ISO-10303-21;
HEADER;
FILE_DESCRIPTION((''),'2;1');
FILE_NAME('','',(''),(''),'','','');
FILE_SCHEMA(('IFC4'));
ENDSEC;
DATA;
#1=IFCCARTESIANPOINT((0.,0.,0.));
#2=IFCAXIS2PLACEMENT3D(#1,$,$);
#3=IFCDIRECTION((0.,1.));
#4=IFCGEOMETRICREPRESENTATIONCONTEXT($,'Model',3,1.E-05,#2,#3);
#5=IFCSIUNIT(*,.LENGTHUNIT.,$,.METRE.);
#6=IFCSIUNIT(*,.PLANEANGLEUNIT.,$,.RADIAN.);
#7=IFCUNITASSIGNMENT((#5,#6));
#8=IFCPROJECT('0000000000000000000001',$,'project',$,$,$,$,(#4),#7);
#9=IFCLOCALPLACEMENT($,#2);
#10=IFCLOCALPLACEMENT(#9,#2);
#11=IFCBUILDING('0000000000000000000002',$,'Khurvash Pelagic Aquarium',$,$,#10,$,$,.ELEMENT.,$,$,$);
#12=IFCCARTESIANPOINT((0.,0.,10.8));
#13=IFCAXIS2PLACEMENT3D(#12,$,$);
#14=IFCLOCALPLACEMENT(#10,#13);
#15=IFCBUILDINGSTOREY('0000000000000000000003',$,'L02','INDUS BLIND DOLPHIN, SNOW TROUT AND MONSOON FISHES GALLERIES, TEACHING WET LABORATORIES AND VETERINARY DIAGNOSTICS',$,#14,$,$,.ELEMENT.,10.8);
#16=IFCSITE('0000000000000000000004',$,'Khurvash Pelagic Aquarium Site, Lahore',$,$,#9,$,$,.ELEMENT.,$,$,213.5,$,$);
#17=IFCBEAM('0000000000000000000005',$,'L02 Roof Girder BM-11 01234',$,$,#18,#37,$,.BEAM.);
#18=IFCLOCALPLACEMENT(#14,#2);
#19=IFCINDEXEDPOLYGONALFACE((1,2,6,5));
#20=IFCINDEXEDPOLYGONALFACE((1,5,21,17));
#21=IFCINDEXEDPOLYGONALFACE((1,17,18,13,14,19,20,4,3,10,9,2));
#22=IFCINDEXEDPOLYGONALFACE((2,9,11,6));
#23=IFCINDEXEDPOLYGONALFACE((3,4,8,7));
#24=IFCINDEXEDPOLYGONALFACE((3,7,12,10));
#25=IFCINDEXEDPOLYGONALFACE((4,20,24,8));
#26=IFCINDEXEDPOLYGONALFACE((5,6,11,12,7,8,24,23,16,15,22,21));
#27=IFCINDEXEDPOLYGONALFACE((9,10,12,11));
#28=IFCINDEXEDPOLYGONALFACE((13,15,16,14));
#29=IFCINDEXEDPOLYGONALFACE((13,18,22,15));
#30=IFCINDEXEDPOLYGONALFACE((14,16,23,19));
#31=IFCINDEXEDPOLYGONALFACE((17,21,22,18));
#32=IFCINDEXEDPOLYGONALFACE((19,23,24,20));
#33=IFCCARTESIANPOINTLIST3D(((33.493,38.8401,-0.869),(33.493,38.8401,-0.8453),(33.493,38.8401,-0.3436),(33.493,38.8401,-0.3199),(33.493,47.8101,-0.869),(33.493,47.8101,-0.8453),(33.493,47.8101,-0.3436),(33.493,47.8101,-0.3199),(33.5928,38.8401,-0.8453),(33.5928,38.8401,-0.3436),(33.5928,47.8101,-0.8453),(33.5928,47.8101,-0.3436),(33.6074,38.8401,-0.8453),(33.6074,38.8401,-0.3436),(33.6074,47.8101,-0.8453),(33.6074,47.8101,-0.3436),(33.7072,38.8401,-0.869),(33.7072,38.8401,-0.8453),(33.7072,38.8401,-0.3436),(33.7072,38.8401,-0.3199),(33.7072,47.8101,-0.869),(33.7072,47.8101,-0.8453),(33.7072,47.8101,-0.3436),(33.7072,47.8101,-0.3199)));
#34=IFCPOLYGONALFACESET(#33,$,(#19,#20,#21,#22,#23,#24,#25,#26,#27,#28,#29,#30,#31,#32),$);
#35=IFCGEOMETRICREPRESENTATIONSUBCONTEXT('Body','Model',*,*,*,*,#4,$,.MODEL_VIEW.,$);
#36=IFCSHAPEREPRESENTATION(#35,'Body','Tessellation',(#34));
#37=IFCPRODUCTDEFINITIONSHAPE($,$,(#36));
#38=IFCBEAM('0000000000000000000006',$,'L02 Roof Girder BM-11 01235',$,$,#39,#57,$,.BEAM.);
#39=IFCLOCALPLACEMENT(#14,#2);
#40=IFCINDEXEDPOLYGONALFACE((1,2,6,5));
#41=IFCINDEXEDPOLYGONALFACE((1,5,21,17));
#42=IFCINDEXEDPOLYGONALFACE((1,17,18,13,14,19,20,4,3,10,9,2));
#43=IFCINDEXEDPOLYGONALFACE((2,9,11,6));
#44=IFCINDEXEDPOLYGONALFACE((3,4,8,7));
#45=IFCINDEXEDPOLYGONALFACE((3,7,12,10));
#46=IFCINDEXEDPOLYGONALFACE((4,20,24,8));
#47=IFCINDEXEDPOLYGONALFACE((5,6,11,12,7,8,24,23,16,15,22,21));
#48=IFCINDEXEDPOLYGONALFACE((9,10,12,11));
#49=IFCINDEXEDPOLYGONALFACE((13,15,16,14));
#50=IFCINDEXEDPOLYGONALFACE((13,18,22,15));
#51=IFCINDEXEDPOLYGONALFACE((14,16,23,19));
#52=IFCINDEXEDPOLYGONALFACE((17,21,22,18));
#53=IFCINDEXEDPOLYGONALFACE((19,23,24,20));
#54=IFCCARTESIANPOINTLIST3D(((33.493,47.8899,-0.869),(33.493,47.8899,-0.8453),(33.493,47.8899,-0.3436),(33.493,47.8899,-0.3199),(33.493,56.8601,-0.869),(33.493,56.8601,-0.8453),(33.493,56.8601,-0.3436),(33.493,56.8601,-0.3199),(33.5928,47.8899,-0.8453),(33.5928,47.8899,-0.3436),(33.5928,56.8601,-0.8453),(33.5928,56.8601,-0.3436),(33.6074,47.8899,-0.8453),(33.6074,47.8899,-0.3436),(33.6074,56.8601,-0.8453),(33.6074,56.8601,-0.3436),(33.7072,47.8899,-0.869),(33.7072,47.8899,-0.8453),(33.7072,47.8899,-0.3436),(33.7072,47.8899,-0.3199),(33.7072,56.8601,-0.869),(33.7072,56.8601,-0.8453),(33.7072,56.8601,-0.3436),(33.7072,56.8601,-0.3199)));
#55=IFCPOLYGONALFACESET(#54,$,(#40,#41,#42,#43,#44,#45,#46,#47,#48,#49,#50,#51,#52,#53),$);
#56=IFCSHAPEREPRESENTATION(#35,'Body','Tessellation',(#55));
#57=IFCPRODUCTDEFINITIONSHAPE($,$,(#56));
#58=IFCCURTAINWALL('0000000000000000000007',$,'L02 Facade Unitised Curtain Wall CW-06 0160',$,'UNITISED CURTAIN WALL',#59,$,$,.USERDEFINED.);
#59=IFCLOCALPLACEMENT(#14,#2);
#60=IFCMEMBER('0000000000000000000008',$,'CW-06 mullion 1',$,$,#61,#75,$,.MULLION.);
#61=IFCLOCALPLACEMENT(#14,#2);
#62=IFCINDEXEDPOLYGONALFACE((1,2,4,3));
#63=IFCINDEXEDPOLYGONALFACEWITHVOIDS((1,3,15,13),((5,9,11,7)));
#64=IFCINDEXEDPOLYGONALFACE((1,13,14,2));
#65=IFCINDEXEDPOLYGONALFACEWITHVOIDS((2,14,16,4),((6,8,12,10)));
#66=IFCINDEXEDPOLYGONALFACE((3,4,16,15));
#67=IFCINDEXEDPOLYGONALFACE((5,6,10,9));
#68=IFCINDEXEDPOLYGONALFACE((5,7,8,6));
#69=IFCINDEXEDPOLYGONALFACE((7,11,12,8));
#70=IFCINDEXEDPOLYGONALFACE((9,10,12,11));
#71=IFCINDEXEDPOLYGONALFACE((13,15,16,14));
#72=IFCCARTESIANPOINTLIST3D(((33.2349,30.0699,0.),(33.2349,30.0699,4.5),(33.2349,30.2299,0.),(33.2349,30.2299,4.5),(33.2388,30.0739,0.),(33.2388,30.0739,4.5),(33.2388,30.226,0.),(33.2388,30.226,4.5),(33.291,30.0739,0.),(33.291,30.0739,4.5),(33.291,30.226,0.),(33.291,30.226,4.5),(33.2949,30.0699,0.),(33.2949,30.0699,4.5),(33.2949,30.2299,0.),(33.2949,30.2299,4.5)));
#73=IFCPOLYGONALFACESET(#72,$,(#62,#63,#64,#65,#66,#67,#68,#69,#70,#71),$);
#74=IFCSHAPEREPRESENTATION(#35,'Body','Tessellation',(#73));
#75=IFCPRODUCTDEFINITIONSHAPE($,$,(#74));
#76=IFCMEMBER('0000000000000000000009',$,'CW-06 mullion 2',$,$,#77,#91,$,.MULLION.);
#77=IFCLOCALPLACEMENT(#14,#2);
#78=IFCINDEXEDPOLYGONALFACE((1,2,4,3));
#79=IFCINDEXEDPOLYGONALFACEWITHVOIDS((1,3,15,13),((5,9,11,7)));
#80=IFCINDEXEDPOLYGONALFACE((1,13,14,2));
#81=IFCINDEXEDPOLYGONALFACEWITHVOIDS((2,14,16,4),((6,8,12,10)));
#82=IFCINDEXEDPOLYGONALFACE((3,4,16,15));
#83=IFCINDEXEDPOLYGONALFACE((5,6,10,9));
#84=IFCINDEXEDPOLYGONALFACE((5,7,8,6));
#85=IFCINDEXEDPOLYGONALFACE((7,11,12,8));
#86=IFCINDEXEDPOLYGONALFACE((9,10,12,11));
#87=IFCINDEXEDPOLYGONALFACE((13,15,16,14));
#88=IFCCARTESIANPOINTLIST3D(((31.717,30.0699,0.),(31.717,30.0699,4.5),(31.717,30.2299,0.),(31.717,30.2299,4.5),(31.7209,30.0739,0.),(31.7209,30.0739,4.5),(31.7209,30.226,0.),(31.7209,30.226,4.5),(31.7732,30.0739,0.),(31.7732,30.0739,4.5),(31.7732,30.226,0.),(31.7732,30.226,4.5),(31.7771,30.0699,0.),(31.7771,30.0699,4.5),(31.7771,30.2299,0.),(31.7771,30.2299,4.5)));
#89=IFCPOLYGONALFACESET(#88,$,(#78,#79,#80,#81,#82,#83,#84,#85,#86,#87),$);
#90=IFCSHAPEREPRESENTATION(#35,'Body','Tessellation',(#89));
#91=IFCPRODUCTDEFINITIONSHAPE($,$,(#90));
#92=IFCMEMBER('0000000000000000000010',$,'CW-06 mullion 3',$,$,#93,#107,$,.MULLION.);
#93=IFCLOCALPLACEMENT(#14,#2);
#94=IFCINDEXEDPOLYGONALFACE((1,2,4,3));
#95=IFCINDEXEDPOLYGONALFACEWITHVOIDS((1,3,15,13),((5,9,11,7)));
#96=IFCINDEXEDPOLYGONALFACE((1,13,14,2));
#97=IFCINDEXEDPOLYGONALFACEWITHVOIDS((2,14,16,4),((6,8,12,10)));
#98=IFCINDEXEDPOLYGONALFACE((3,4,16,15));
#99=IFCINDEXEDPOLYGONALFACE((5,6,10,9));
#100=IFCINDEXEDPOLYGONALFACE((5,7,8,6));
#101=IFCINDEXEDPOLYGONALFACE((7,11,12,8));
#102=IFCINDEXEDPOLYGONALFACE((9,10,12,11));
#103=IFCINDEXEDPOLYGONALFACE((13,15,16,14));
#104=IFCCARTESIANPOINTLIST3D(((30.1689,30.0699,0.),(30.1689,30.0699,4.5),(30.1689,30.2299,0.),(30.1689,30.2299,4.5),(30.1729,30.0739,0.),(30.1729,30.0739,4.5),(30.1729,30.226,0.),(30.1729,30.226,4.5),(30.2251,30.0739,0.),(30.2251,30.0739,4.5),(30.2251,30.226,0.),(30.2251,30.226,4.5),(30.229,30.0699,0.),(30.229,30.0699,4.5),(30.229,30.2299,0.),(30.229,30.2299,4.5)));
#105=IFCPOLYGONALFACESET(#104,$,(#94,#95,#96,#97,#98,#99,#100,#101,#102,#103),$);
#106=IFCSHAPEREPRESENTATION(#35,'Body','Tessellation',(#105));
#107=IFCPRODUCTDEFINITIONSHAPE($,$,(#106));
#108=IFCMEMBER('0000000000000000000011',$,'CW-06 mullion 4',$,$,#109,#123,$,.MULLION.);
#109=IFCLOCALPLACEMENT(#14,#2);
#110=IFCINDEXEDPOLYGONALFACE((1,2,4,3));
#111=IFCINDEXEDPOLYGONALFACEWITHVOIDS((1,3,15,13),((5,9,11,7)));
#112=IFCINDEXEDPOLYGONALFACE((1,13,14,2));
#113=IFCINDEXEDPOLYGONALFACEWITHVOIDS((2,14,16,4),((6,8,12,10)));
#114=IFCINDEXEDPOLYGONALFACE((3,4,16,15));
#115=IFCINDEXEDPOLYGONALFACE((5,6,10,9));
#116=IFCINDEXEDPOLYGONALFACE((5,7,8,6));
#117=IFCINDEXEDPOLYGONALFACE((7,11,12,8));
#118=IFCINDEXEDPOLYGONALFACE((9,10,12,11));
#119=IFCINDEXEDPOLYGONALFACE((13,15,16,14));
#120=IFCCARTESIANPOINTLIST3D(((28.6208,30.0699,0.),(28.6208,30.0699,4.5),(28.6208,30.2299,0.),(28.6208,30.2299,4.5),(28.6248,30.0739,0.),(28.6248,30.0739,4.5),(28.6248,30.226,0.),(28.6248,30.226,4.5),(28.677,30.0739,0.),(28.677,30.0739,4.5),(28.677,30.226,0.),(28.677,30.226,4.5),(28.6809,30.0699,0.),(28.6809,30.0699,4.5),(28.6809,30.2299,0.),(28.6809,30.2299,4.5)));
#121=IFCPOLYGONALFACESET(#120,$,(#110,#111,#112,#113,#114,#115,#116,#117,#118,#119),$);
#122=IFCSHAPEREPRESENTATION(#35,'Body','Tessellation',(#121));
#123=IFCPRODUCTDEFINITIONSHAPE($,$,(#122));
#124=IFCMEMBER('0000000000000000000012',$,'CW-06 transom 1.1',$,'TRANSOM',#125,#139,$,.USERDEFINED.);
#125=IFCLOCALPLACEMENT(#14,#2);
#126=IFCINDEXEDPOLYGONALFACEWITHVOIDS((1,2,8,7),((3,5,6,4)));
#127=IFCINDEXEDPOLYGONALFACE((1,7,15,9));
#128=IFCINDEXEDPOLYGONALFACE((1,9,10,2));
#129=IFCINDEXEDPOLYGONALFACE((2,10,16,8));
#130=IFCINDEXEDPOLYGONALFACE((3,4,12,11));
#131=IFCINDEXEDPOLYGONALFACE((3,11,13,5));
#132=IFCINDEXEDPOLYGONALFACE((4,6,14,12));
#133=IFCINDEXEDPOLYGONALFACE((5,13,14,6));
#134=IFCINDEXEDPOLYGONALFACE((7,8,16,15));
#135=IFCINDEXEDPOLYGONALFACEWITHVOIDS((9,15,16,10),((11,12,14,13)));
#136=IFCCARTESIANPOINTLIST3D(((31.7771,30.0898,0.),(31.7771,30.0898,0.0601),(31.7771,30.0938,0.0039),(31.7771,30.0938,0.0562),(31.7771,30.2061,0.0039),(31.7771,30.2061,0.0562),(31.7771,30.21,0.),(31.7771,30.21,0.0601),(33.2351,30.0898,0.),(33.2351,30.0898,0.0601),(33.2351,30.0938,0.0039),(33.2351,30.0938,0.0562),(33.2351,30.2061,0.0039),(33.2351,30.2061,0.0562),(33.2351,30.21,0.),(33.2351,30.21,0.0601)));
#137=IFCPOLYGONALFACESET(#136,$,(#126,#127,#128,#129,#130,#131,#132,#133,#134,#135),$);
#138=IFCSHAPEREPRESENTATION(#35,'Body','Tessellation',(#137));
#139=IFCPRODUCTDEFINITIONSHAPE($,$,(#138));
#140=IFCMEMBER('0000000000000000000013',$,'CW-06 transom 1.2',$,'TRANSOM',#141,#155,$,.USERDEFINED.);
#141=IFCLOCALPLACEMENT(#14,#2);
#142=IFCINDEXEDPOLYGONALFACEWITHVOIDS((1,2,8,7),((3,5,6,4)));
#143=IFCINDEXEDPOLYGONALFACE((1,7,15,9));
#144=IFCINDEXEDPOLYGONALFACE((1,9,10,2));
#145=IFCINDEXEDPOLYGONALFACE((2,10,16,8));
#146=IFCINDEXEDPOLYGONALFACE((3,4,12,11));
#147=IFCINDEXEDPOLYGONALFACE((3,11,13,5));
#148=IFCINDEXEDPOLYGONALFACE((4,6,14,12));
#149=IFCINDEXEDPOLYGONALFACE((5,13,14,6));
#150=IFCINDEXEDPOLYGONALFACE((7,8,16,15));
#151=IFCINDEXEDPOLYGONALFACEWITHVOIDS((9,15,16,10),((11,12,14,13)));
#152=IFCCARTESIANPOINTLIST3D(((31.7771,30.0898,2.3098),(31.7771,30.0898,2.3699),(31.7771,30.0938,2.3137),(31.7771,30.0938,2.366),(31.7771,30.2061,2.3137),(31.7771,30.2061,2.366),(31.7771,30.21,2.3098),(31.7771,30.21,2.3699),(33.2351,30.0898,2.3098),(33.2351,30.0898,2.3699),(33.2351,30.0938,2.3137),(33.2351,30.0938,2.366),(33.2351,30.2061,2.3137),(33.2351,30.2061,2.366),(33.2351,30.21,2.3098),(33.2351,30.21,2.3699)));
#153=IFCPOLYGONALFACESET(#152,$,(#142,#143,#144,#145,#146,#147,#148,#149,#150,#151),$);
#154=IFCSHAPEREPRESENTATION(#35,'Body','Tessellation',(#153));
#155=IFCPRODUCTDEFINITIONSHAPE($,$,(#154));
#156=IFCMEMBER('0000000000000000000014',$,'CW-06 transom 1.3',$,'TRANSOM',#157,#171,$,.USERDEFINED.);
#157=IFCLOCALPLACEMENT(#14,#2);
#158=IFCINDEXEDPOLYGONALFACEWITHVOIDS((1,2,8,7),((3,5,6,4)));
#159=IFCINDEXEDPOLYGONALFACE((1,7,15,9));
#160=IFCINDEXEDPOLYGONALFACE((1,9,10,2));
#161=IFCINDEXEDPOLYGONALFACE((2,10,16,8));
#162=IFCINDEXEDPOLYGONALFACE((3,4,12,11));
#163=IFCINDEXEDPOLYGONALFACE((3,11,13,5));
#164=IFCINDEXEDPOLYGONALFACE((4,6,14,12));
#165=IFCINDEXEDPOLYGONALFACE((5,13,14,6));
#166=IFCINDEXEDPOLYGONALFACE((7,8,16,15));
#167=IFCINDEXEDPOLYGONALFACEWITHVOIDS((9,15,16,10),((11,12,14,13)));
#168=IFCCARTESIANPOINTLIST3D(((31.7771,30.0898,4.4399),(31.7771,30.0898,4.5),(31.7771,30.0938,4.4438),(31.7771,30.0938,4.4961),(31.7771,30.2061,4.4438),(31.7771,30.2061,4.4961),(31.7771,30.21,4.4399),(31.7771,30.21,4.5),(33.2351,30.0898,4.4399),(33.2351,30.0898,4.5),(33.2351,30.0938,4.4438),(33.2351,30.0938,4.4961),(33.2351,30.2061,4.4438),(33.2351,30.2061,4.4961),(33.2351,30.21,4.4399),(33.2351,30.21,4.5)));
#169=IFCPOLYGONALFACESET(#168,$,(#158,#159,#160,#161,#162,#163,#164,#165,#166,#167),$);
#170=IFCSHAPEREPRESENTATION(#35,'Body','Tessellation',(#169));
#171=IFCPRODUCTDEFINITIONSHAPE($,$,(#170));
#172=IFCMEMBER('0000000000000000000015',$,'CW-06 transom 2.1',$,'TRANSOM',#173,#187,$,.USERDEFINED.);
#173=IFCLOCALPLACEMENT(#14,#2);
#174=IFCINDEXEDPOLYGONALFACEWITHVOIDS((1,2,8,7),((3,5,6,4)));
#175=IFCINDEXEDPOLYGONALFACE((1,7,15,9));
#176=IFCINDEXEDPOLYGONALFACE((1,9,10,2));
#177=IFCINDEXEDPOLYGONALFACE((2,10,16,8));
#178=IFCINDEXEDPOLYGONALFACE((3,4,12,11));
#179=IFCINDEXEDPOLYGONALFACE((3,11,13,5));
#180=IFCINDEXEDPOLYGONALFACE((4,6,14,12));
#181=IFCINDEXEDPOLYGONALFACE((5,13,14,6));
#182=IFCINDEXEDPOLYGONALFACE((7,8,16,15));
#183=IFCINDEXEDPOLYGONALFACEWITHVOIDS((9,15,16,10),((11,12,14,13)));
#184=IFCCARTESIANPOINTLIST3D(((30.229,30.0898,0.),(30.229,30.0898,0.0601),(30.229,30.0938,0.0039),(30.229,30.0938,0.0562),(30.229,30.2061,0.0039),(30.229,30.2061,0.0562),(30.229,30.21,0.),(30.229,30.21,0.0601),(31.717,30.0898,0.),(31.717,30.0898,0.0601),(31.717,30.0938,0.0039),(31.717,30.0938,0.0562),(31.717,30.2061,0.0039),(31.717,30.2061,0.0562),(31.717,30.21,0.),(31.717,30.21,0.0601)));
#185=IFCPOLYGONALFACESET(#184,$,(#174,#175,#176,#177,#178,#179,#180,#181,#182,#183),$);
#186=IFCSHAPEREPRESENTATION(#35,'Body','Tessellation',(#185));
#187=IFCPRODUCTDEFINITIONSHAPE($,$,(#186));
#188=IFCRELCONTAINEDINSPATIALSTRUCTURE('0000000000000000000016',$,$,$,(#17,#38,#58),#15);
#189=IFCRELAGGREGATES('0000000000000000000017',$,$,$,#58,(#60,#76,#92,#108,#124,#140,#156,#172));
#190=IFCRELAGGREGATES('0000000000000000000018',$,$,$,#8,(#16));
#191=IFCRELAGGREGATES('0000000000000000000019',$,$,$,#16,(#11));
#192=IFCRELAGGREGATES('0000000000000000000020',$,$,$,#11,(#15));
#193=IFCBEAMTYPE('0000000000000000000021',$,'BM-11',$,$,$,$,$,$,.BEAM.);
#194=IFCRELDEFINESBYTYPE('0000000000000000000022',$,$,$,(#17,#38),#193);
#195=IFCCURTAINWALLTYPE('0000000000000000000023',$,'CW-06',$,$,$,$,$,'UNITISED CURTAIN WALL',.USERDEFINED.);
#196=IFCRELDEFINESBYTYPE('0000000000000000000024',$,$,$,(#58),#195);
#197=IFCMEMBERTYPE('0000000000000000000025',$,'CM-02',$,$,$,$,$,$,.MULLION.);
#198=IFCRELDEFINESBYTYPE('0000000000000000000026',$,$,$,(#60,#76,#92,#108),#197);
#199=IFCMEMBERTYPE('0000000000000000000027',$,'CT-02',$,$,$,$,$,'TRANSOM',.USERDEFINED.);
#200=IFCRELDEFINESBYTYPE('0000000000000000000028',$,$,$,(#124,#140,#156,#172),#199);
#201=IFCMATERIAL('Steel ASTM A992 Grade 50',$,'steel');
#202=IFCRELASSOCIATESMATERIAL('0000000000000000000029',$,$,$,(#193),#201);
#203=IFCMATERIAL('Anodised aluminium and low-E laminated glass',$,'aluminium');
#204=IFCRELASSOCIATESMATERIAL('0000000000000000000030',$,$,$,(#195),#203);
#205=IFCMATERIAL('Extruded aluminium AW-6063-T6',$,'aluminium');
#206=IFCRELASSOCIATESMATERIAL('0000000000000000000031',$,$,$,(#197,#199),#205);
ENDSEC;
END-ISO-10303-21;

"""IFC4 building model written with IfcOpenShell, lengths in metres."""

from ifc_helpers import new_model, si_unit, direction, frame, origin, origin_2d, place, context, subcontext, project, spatial, hollow_rectangle, i_section, extrude, material, material_profile, profile_set, type_object, element, aggregate, save


model = new_model("IFC4")

# Units and contexts
model_context = context("Model", 3, precision=1e-05, world=origin(), true_north=direction((0.0, 1.0)))
body_context = subcontext(model_context, "Body", "Model", "MODEL_VIEW")
ifc_project = project(units=[si_unit("LENGTHUNIT", "METRE"), si_unit("PLANEANGLEUNIT", "RADIAN")], contexts=[model_context])

# Site, building, storey
site_placement = place(None, origin())
site = spatial("IfcSite", under=ifc_project, at=site_placement, Name="Khurvash Pelagic Aquarium Site, Lahore", CompositionType="ELEMENT", RefElevation=213.5)
building_placement = place(site_placement, origin())
building = spatial("IfcBuilding", under=site, at=building_placement, Name="Khurvash Pelagic Aquarium", CompositionType="ELEMENT")
storey_placement = place(building_placement, frame((0.0, 0.0, 10.8)))
storey = spatial("IfcBuildingStorey", under=building, at=storey_placement, Name="L02", Description="INDUS BLIND DOLPHIN, SNOW TROUT AND MONSOON FISHES GALLERIES, TEACHING WET LABORATORIES AND VETERINARY DIAGNOSTICS", CompositionType="ELEMENT", Elevation=10.8)

# Beams
ifc_material_1 = material(Name="Steel ASTM A992 Grade 50", Category="steel")
ifc_material_profile_1 = material_profile(ifc_material_1, i_section(OverallWidth=0.2141, OverallDepth=0.5491, WebThickness=0.0146, FlangeThickness=0.0237, at=origin_2d()), Name="W21X93")
ifc_profile_set_1 = profile_set([ifc_material_profile_1], Name="Steel ASTM A992 Grade 50")
beam_type = type_object("IfcBeamType", Name="BM-11", PredefinedType="BEAM", material=ifc_profile_set_1)
beam_1_placement = place(storey_placement, frame((33.6001, 38.8401, -0.5945), z_axis=(0.0, 1.0, 0.0), x_axis=(-1.0, 0.0, 0.0)))
element("IfcBeam", 1, at=beam_1_placement, inside=storey, type_object=beam_type, Name="L02 Roof Girder BM-11 01234", PredefinedType="BEAM", context=body_context, shape_type="SweptSolid", body=[
    extrude(i_section(OverallWidth=0.2141, OverallDepth=0.5491, WebThickness=0.0146, FlangeThickness=0.0237, at=origin_2d()), origin(), (0.0, 0.0, 1.0), 8.97),
])
beam_2_placement = place(storey_placement, frame((33.6001, 47.8899, -0.5945), z_axis=(0.0, 1.0, 0.0), x_axis=(-1.0, 0.0, 0.0)))
element("IfcBeam", 2, at=beam_2_placement, inside=storey, type_object=beam_type, Name="L02 Roof Girder BM-11 01235", PredefinedType="BEAM", context=body_context, shape_type="SweptSolid", body=[
    extrude(i_section(OverallWidth=0.2141, OverallDepth=0.5491, WebThickness=0.0146, FlangeThickness=0.0237, at=origin_2d()), origin(), (0.0, 0.0, 1.0), 8.9702),
])

# Curtain wall, members
ifc_material_2 = material(Name="Anodised aluminium and low-E laminated glass", Category="aluminium")
curtain_wall_type = type_object("IfcCurtainWallType", Name="CW-06", ElementType="UNITISED CURTAIN WALL", PredefinedType="USERDEFINED", material=ifc_material_2)
curtain_wall_placement = place(storey_placement, origin())
curtain_wall = element("IfcCurtainWall", 3, at=curtain_wall_placement, inside=storey, type_object=curtain_wall_type, Name="L02 Facade Unitised Curtain Wall CW-06 0160", ObjectType="UNITISED CURTAIN WALL", PredefinedType="USERDEFINED")
ifc_material_3 = material(Name="Extruded aluminium AW-6063-T6", Category="aluminium")
ifc_material_profile_2 = material_profile(ifc_material_3, hollow_rectangle(XDim=0.0601, YDim=0.1599, WallThickness=0.0039, at=origin_2d()), Name="CWM60X160X4")
ifc_profile_set_2 = profile_set([ifc_material_profile_2], Name="Extruded aluminium AW-6063-T6")
member_type_1 = type_object("IfcMemberType", Name="CM-02", PredefinedType="MULLION", material=ifc_profile_set_2)
member_1_placement = place(storey_placement, frame((33.2649, 30.1499, 0.0), z_axis=(0.0, 0.0, 1.0), x_axis=(-1.0, 0.0, 0.0)))
member_1 = element("IfcMember", 4, at=member_1_placement, type_object=member_type_1, Name="CW-06 mullion 1", PredefinedType="MULLION", context=body_context, shape_type="SweptSolid", body=[
    extrude(hollow_rectangle(XDim=0.0601, YDim=0.1599, WallThickness=0.0039, at=origin_2d()), origin(), (0.0, 0.0, 1.0), 4.5),
])
member_2_placement = place(storey_placement, frame((31.7471, 30.1499, 0.0), z_axis=(0.0, 0.0, 1.0), x_axis=(-1.0, 0.0, 0.0)))
member_2 = element("IfcMember", 5, at=member_2_placement, type_object=member_type_1, Name="CW-06 mullion 2", PredefinedType="MULLION", context=body_context, shape_type="SweptSolid", body=[
    extrude(hollow_rectangle(XDim=0.0601, YDim=0.1599, WallThickness=0.0039, at=origin_2d()), origin(), (0.0, 0.0, 1.0), 4.5),
])
member_3_placement = place(storey_placement, frame((30.199, 30.1499, 0.0), z_axis=(0.0, 0.0, 1.0), x_axis=(-1.0, 0.0, 0.0)))
member_3 = element("IfcMember", 6, at=member_3_placement, type_object=member_type_1, Name="CW-06 mullion 3", PredefinedType="MULLION", context=body_context, shape_type="SweptSolid", body=[
    extrude(hollow_rectangle(XDim=0.0601, YDim=0.1599, WallThickness=0.0039, at=origin_2d()), origin(), (0.0, 0.0, 1.0), 4.5),
])
member_4_placement = place(storey_placement, frame((28.6509, 30.1499, 0.0), z_axis=(0.0, 0.0, 1.0), x_axis=(-1.0, 0.0, 0.0)))
member_4 = element("IfcMember", 7, at=member_4_placement, type_object=member_type_1, Name="CW-06 mullion 4", PredefinedType="MULLION", context=body_context, shape_type="SweptSolid", body=[
    extrude(hollow_rectangle(XDim=0.0601, YDim=0.1599, WallThickness=0.0039, at=origin_2d()), origin(), (0.0, 0.0, 1.0), 4.5),
])
ifc_material_profile_3 = material_profile(ifc_material_3, hollow_rectangle(XDim=0.1201, YDim=0.0601, WallThickness=0.0039, at=origin_2d()), Name="CWT120X60X4")
ifc_profile_set_3 = profile_set([ifc_material_profile_3], Name="Extruded aluminium AW-6063-T6")
member_type_2 = type_object("IfcMemberType", Name="CT-02", ElementType="TRANSOM", PredefinedType="USERDEFINED", material=ifc_profile_set_3)
member_5_placement = place(storey_placement, frame((33.2351, 30.1499, 0.03), z_axis=(-1.0, 0.0, 0.0), x_axis=(0.0, -1.0, 0.0)))
member_5 = element("IfcMember", 8, at=member_5_placement, type_object=member_type_2, Name="CW-06 transom 1.1", ObjectType="TRANSOM", PredefinedType="USERDEFINED", context=body_context, shape_type="SweptSolid", body=[
    extrude(hollow_rectangle(XDim=0.1201, YDim=0.0601, WallThickness=0.0039, at=origin_2d()), origin(), (0.0, 0.0, 1.0), 1.458),
])
member_6_placement = place(storey_placement, frame((33.2351, 30.1499, 2.3398), z_axis=(-1.0, 0.0, 0.0), x_axis=(0.0, -1.0, 0.0)))
member_6 = element("IfcMember", 9, at=member_6_placement, type_object=member_type_2, Name="CW-06 transom 1.2", ObjectType="TRANSOM", PredefinedType="USERDEFINED", context=body_context, shape_type="SweptSolid", body=[
    extrude(hollow_rectangle(XDim=0.1201, YDim=0.0601, WallThickness=0.0039, at=origin_2d()), origin(), (0.0, 0.0, 1.0), 1.458),
])
member_7_placement = place(storey_placement, frame((33.2351, 30.1499, 4.47), z_axis=(-1.0, 0.0, 0.0), x_axis=(0.0, -1.0, 0.0)))
member_7 = element("IfcMember", 10, at=member_7_placement, type_object=member_type_2, Name="CW-06 transom 1.3", ObjectType="TRANSOM", PredefinedType="USERDEFINED", context=body_context, shape_type="SweptSolid", body=[
    extrude(hollow_rectangle(XDim=0.1201, YDim=0.0601, WallThickness=0.0039, at=origin_2d()), origin(), (0.0, 0.0, 1.0), 1.458),
])
member_8_placement = place(storey_placement, frame((31.717, 30.1499, 0.03), z_axis=(-1.0, 0.0, 0.0), x_axis=(0.0, -1.0, 0.0)))
member_8 = element("IfcMember", 11, at=member_8_placement, type_object=member_type_2, Name="CW-06 transom 2.1", ObjectType="TRANSOM", PredefinedType="USERDEFINED", context=body_context, shape_type="SweptSolid", body=[
    extrude(hollow_rectangle(XDim=0.1201, YDim=0.0601, WallThickness=0.0039, at=origin_2d()), origin(), (0.0, 0.0, 1.0), 1.488),
])
aggregate(curtain_wall, [member_1, member_2, member_3, member_4, member_5, member_6, member_7, member_8])

save(model, "model.ifc")
